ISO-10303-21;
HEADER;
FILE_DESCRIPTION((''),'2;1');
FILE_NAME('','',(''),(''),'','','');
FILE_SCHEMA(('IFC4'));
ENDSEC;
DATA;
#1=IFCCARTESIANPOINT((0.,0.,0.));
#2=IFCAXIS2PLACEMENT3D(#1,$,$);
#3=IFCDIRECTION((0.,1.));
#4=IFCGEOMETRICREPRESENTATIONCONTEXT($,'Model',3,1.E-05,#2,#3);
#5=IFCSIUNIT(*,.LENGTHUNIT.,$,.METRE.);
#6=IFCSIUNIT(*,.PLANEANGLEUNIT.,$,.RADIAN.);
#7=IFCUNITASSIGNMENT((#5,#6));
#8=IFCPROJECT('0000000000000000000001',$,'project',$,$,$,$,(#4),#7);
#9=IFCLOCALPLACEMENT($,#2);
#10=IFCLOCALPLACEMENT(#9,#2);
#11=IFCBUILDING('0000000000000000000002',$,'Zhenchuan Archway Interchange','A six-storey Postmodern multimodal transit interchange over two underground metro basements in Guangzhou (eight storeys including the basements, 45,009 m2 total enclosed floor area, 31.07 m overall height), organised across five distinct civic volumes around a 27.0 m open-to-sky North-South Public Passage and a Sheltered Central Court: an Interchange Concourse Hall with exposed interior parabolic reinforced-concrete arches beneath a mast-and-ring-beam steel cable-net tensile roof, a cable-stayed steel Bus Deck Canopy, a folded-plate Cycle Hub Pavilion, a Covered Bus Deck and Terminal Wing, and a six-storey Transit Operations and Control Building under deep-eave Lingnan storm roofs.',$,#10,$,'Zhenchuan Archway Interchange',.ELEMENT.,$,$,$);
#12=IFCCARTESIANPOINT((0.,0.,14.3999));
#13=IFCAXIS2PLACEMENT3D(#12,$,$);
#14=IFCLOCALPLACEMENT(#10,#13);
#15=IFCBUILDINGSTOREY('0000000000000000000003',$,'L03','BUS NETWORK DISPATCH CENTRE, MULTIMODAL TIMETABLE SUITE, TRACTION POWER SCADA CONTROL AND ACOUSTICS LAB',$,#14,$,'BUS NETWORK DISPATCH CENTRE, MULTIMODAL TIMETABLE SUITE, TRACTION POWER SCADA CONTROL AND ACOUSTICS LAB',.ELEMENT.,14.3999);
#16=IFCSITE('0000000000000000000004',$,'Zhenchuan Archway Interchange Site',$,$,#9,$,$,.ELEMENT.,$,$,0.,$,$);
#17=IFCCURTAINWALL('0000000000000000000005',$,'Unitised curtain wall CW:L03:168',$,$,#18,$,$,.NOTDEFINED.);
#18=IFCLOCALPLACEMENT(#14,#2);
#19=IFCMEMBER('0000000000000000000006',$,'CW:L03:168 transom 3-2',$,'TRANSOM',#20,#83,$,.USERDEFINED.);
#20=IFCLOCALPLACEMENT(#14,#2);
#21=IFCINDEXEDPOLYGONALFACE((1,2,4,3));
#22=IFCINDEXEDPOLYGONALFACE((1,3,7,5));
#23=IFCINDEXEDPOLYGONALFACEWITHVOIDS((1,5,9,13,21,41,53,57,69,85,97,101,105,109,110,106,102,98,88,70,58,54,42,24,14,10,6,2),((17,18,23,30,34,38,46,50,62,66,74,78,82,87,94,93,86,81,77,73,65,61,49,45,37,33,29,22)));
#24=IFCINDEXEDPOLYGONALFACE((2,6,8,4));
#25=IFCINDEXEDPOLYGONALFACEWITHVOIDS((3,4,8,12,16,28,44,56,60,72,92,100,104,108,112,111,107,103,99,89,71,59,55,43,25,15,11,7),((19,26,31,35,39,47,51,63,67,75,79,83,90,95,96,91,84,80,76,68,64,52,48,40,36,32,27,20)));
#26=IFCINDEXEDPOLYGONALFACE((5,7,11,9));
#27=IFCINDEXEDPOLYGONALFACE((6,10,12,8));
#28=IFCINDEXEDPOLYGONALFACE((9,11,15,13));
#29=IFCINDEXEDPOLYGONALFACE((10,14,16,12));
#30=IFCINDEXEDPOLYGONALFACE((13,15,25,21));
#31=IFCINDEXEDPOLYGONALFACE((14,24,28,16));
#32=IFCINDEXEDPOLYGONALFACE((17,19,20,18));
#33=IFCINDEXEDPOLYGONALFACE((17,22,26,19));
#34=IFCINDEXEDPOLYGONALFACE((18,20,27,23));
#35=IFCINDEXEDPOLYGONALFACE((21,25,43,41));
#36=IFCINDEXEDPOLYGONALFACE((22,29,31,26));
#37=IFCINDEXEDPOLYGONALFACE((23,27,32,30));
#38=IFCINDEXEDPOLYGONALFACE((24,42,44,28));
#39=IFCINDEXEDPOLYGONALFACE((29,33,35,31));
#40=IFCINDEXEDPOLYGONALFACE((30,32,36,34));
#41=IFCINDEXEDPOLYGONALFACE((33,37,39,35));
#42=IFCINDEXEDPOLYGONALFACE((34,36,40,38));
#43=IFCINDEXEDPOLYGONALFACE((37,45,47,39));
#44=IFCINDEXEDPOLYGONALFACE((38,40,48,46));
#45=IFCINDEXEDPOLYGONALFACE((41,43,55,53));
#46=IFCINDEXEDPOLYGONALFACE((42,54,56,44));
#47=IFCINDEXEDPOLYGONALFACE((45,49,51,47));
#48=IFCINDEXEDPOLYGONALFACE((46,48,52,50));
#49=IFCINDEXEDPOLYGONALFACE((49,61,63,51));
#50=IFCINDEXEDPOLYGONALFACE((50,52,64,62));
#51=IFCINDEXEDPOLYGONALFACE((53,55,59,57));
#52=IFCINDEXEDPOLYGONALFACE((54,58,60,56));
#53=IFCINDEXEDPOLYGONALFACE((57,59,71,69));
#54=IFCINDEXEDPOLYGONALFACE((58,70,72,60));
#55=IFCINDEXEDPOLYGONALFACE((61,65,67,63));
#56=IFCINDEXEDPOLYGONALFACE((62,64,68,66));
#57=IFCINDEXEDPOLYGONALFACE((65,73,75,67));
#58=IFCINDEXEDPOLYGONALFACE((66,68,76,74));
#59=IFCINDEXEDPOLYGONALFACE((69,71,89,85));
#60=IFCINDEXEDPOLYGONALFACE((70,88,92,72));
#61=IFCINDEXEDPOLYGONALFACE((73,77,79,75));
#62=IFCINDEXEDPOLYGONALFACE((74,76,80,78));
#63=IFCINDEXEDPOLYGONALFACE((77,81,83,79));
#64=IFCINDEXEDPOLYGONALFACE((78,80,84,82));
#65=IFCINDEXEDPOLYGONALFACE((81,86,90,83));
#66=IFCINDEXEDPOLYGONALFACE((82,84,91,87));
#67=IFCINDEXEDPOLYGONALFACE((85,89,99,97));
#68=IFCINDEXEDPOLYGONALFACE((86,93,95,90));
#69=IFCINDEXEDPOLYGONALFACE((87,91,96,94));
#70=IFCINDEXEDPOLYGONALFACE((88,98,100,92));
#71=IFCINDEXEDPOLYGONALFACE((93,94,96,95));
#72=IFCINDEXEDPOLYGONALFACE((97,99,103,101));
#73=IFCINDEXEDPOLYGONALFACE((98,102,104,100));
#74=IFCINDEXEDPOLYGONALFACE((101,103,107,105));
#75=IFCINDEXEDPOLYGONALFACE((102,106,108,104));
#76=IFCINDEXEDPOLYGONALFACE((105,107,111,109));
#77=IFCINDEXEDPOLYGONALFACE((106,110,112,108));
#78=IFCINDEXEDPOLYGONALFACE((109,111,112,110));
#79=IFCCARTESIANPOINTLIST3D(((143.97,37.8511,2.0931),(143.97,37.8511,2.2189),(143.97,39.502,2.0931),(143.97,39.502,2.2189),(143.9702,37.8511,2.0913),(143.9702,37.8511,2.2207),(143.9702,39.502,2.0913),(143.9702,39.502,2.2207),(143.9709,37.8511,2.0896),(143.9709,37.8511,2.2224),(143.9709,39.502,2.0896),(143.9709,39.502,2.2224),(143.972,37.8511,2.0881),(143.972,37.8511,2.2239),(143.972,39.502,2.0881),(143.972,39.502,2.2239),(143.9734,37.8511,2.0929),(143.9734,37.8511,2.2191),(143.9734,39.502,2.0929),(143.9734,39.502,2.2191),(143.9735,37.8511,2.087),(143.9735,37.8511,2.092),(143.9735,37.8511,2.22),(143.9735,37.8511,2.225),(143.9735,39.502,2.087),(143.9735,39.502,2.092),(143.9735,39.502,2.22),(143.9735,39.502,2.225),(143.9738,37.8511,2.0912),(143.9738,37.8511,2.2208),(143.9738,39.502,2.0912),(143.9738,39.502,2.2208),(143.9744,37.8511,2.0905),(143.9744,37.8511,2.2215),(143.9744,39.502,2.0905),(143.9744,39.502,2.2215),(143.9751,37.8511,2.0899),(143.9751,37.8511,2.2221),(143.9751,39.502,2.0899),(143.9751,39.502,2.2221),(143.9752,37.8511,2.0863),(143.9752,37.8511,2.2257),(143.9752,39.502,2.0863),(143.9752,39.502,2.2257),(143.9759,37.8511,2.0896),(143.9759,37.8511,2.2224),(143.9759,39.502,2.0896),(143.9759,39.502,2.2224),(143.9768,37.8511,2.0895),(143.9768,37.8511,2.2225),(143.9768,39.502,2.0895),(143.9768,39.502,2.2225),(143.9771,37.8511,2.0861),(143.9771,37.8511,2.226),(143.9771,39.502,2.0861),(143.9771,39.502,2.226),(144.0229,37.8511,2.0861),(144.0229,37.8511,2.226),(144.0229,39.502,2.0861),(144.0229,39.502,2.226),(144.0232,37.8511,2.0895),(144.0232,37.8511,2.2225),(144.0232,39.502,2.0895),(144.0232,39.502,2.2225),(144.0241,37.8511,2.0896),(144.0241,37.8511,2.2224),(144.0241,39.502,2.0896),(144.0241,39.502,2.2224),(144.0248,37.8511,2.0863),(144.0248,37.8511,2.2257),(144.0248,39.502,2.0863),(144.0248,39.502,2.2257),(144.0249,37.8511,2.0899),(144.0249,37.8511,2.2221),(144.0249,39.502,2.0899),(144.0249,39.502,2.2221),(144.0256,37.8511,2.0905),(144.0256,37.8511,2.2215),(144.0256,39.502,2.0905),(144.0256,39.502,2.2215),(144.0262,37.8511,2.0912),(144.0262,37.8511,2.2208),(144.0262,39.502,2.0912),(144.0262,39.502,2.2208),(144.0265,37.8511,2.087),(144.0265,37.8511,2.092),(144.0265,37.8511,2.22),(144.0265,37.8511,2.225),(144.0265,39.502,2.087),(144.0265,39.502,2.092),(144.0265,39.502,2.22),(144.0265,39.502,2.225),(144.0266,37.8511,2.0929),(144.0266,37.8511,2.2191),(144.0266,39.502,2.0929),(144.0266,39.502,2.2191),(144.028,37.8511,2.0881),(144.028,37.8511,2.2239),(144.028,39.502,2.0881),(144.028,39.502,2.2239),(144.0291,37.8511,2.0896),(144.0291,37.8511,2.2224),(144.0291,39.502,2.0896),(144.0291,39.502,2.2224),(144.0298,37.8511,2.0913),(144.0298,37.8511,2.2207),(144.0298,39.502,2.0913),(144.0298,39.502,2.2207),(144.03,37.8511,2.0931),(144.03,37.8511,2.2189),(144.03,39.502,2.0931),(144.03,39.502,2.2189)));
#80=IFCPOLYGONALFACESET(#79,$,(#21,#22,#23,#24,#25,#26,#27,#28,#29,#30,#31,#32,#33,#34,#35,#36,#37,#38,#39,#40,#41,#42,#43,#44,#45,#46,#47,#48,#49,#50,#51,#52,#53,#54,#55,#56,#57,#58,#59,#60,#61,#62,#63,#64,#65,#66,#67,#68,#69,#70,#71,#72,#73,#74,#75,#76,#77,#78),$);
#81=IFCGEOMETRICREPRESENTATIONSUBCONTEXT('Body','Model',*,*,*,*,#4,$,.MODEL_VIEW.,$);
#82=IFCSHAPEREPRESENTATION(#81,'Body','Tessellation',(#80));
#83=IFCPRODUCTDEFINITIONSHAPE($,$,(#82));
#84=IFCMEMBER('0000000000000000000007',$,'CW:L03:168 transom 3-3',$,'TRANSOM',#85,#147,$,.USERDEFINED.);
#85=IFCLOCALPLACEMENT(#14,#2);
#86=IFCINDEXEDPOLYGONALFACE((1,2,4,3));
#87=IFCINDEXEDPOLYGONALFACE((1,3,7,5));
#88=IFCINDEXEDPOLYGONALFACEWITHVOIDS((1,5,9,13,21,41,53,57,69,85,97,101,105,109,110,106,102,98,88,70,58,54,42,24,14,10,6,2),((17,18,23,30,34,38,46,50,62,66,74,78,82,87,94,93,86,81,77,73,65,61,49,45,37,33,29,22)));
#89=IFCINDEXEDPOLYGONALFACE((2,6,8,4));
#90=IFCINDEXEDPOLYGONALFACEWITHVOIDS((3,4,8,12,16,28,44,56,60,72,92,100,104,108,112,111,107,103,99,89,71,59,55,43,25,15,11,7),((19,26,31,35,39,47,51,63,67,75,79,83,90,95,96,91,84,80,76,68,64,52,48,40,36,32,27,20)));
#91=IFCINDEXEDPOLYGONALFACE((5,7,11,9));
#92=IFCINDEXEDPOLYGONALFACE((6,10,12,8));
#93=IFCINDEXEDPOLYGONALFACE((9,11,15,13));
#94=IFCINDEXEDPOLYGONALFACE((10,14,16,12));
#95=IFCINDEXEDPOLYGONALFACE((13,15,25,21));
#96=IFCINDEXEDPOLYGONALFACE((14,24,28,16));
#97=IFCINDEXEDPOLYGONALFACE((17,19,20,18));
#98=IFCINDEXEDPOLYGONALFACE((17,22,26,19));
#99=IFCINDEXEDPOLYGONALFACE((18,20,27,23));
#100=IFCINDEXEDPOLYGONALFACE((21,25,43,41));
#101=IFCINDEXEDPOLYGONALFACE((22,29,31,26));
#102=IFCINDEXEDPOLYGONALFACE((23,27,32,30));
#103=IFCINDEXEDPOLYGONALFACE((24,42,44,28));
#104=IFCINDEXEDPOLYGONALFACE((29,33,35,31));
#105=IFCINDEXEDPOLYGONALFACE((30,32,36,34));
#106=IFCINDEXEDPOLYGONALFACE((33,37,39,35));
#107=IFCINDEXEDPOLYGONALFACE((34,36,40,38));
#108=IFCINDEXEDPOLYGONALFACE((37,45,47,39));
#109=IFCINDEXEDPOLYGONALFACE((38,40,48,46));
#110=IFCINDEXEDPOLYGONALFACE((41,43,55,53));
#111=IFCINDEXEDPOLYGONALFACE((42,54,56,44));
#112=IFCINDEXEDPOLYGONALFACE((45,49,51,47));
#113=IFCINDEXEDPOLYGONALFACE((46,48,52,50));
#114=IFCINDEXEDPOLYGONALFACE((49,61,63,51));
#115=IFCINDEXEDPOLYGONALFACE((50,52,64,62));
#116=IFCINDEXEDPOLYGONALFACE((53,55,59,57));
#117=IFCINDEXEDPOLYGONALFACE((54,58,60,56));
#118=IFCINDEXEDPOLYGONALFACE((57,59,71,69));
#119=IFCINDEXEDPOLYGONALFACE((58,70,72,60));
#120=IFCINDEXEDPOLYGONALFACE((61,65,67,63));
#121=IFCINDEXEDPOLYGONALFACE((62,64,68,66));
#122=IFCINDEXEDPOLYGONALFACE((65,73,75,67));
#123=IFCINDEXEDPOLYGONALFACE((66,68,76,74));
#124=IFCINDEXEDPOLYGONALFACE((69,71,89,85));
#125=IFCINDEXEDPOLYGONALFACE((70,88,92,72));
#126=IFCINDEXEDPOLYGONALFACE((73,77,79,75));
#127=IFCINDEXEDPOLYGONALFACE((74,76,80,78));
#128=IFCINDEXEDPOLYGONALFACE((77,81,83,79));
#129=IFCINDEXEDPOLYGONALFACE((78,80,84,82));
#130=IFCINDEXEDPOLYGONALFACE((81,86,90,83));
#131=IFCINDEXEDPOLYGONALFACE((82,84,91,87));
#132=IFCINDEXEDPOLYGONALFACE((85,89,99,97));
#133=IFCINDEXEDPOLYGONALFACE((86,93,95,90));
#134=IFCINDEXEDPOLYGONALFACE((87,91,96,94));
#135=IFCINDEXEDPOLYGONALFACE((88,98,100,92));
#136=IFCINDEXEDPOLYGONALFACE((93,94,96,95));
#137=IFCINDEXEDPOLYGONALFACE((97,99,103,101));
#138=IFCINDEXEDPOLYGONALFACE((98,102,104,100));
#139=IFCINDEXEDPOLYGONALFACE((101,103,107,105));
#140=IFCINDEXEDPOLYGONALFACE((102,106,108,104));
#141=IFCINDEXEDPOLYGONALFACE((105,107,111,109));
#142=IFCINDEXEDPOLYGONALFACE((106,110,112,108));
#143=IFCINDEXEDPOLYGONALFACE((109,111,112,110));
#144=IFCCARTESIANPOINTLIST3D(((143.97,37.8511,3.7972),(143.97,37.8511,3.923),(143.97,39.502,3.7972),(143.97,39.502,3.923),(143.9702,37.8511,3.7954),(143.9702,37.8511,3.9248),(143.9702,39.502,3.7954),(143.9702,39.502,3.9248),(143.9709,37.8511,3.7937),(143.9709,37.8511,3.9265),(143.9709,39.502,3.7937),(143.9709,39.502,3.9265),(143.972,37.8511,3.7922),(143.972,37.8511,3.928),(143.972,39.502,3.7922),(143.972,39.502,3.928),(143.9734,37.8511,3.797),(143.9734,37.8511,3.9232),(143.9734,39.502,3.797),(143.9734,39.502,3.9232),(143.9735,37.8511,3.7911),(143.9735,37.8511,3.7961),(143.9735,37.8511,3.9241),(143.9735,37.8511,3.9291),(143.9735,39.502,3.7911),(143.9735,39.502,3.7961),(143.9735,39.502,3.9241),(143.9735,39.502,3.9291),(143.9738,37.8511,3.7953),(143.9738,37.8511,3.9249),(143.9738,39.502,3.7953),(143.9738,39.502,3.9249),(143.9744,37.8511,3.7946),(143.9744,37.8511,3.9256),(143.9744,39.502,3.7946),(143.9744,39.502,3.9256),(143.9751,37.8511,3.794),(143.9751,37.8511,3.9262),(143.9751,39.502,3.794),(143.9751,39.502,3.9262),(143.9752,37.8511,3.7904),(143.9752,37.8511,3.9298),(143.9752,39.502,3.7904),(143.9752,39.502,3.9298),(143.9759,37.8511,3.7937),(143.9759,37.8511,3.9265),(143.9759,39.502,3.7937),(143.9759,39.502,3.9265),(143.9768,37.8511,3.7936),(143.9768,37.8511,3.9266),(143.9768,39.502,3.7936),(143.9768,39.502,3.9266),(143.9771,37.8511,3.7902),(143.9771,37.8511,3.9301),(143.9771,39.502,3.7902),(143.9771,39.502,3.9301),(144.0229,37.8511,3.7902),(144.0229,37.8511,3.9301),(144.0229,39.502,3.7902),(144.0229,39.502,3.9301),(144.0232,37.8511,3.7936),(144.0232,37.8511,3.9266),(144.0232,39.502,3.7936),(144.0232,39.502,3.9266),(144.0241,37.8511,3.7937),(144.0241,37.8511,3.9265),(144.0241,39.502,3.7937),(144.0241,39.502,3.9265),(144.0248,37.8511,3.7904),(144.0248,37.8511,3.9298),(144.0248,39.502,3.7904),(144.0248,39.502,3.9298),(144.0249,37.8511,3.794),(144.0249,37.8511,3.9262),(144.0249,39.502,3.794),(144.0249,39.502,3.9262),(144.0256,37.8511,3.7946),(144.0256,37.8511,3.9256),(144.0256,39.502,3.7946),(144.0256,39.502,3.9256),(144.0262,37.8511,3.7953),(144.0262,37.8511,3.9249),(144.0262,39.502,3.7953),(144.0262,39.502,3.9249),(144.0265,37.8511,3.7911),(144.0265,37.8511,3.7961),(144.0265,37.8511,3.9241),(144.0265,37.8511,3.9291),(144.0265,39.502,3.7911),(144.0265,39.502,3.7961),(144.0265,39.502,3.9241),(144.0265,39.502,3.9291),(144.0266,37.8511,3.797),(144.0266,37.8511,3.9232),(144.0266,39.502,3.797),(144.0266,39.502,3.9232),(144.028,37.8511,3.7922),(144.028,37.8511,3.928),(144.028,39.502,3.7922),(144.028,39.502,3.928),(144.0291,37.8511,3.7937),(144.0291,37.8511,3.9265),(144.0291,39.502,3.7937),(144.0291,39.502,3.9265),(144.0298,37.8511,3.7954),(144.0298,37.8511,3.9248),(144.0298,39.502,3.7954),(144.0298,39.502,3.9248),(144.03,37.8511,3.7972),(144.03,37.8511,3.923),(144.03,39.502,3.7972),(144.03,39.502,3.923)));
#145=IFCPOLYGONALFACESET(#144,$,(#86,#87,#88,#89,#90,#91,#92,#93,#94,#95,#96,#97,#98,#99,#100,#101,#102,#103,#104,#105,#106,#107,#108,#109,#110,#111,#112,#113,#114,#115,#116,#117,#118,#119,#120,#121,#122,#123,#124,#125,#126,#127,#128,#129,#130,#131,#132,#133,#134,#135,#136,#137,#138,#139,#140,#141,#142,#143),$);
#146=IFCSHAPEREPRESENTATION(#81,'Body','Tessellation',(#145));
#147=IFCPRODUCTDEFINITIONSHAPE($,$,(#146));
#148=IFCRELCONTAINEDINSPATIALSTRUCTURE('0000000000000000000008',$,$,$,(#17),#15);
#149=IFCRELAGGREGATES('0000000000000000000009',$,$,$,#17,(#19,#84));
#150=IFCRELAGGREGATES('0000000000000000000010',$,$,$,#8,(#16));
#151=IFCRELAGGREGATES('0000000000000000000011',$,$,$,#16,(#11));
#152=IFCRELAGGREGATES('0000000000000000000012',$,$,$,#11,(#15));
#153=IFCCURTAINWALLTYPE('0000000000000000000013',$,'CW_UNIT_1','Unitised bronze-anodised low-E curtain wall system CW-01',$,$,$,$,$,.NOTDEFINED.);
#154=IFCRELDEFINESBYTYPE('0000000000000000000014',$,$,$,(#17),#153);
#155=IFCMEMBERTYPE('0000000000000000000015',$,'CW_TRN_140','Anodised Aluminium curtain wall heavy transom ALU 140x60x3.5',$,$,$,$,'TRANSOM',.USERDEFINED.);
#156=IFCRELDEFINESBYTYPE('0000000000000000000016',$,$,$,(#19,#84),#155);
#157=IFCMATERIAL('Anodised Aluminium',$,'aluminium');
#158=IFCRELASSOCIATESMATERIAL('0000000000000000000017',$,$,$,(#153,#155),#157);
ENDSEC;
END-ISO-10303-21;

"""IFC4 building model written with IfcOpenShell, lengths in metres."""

from ifc_helpers import new_model, si_unit, direction, frame, origin, origin_2d, place, context, subcontext, project, spatial, hollow_rectangle, extrude, material, material_profile, profile_set, type_object, element, aggregate, save


model = new_model("IFC4")

# Units and contexts
model_context = context("Model", 3, precision=1e-05, world=origin(), true_north=direction((0.0, 1.0)))
body_context = subcontext(model_context, "Body", "Model", "MODEL_VIEW")
ifc_project = project(units=[si_unit("LENGTHUNIT", "METRE"), si_unit("PLANEANGLEUNIT", "RADIAN")], contexts=[model_context])

# Site, building, storey
site_placement = place(None, origin())
site = spatial("IfcSite", under=ifc_project, at=site_placement, Name="Zhenchuan Archway Interchange Site", CompositionType="ELEMENT", RefElevation=0.0)
building_placement = place(site_placement, origin())
building = spatial("IfcBuilding", under=site, at=building_placement, Name="Zhenchuan Archway Interchange", Description="A six-storey Postmodern multimodal transit interchange over two underground metro basements in Guangzhou (eight storeys including the basements, 45,009 m2 total enclosed floor area, 31.07 m overall height), organised across five distinct civic volumes around a 27.0 m open-to-sky North-South Public Passage and a Sheltered Central Court: an Interchange Concourse Hall with exposed interior parabolic reinforced-concrete arches beneath a mast-and-ring-beam steel cable-net tensile roof, a cable-stayed steel Bus Deck Canopy, a folded-plate Cycle Hub Pavilion, a Covered Bus Deck and Terminal Wing, and a six-storey Transit Operations and Control Building under deep-eave Lingnan storm roofs.", LongName="Zhenchuan Archway Interchange", CompositionType="ELEMENT")
storey_placement = place(building_placement, frame((0.0, 0.0, 14.3999)))
storey = spatial("IfcBuildingStorey", under=building, at=storey_placement, Name="L03", Description="BUS NETWORK DISPATCH CENTRE, MULTIMODAL TIMETABLE SUITE, TRACTION POWER SCADA CONTROL AND ACOUSTICS LAB", LongName="BUS NETWORK DISPATCH CENTRE, MULTIMODAL TIMETABLE SUITE, TRACTION POWER SCADA CONTROL AND ACOUSTICS LAB", CompositionType="ELEMENT", Elevation=14.3999)

# Curtain wall
ifc_material_1 = material(Name="Anodised Aluminium", Category="aluminium")
curtain_wall_type_1 = type_object("IfcCurtainWallType", Name="CW_UNIT_1", Description="Unitised bronze-anodised low-E curtain wall system CW-01", PredefinedType="NOTDEFINED", material=ifc_material_1)
curtain_wall_1_placement = place(storey_placement, origin())
curtain_wall_1 = element("IfcCurtainWall", 1, at=curtain_wall_1_placement, inside=storey, type_object=curtain_wall_type_1, Name="Unitised curtain wall CW:L03:168", PredefinedType="NOTDEFINED")

# Members
ifc_material_profile_1 = material_profile(ifc_material_1, hollow_rectangle(XDim=0.0601, YDim=0.1399, WallThickness=0.0034, InnerFilletRadius=0.0034, OuterFilletRadius=0.0071, at=origin_2d()), Name="ALU 140x60x3.5")
ifc_profile_set_1 = profile_set([ifc_material_profile_1], Name="Anodised Aluminium")
member_type_1 = type_object("IfcMemberType", Name="CW_TRN_140", Description="Anodised Aluminium curtain wall heavy transom ALU 140x60x3.5", ElementType="TRANSOM", PredefinedType="USERDEFINED", material=ifc_profile_set_1)
member_1_placement = place(storey_placement, frame((144.0, 37.8511, 2.156), z_axis=(0.0, 1.0, 0.0), x_axis=(-1.0, 0.0, 0.0)))
member_1 = element("IfcMember", 2, at=member_1_placement, type_object=member_type_1, Name="CW:L03:168 transom 3-2", ObjectType="TRANSOM", PredefinedType="USERDEFINED", context=body_context, shape_type="SweptSolid", body=[
    extrude(hollow_rectangle(XDim=0.0601, YDim=0.1399, WallThickness=0.0034, InnerFilletRadius=0.0034, OuterFilletRadius=0.0071, at=origin_2d()), origin(), (0.0, 0.0, 1.0), 1.6509),
])
member_2_placement = place(storey_placement, frame((144.0, 37.8511, 3.8601), z_axis=(0.0, 1.0, 0.0), x_axis=(-1.0, 0.0, 0.0)))
member_2 = element("IfcMember", 3, at=member_2_placement, type_object=member_type_1, Name="CW:L03:168 transom 3-3", ObjectType="TRANSOM", PredefinedType="USERDEFINED", context=body_context, shape_type="SweptSolid", body=[
    extrude(hollow_rectangle(XDim=0.0601, YDim=0.1399, WallThickness=0.0034, InnerFilletRadius=0.0034, OuterFilletRadius=0.0071, at=origin_2d()), origin(), (0.0, 0.0, 1.0), 1.6509),
])

aggregate(curtain_wall_1, [member_1, member_2])

save(model, "model.ifc")
